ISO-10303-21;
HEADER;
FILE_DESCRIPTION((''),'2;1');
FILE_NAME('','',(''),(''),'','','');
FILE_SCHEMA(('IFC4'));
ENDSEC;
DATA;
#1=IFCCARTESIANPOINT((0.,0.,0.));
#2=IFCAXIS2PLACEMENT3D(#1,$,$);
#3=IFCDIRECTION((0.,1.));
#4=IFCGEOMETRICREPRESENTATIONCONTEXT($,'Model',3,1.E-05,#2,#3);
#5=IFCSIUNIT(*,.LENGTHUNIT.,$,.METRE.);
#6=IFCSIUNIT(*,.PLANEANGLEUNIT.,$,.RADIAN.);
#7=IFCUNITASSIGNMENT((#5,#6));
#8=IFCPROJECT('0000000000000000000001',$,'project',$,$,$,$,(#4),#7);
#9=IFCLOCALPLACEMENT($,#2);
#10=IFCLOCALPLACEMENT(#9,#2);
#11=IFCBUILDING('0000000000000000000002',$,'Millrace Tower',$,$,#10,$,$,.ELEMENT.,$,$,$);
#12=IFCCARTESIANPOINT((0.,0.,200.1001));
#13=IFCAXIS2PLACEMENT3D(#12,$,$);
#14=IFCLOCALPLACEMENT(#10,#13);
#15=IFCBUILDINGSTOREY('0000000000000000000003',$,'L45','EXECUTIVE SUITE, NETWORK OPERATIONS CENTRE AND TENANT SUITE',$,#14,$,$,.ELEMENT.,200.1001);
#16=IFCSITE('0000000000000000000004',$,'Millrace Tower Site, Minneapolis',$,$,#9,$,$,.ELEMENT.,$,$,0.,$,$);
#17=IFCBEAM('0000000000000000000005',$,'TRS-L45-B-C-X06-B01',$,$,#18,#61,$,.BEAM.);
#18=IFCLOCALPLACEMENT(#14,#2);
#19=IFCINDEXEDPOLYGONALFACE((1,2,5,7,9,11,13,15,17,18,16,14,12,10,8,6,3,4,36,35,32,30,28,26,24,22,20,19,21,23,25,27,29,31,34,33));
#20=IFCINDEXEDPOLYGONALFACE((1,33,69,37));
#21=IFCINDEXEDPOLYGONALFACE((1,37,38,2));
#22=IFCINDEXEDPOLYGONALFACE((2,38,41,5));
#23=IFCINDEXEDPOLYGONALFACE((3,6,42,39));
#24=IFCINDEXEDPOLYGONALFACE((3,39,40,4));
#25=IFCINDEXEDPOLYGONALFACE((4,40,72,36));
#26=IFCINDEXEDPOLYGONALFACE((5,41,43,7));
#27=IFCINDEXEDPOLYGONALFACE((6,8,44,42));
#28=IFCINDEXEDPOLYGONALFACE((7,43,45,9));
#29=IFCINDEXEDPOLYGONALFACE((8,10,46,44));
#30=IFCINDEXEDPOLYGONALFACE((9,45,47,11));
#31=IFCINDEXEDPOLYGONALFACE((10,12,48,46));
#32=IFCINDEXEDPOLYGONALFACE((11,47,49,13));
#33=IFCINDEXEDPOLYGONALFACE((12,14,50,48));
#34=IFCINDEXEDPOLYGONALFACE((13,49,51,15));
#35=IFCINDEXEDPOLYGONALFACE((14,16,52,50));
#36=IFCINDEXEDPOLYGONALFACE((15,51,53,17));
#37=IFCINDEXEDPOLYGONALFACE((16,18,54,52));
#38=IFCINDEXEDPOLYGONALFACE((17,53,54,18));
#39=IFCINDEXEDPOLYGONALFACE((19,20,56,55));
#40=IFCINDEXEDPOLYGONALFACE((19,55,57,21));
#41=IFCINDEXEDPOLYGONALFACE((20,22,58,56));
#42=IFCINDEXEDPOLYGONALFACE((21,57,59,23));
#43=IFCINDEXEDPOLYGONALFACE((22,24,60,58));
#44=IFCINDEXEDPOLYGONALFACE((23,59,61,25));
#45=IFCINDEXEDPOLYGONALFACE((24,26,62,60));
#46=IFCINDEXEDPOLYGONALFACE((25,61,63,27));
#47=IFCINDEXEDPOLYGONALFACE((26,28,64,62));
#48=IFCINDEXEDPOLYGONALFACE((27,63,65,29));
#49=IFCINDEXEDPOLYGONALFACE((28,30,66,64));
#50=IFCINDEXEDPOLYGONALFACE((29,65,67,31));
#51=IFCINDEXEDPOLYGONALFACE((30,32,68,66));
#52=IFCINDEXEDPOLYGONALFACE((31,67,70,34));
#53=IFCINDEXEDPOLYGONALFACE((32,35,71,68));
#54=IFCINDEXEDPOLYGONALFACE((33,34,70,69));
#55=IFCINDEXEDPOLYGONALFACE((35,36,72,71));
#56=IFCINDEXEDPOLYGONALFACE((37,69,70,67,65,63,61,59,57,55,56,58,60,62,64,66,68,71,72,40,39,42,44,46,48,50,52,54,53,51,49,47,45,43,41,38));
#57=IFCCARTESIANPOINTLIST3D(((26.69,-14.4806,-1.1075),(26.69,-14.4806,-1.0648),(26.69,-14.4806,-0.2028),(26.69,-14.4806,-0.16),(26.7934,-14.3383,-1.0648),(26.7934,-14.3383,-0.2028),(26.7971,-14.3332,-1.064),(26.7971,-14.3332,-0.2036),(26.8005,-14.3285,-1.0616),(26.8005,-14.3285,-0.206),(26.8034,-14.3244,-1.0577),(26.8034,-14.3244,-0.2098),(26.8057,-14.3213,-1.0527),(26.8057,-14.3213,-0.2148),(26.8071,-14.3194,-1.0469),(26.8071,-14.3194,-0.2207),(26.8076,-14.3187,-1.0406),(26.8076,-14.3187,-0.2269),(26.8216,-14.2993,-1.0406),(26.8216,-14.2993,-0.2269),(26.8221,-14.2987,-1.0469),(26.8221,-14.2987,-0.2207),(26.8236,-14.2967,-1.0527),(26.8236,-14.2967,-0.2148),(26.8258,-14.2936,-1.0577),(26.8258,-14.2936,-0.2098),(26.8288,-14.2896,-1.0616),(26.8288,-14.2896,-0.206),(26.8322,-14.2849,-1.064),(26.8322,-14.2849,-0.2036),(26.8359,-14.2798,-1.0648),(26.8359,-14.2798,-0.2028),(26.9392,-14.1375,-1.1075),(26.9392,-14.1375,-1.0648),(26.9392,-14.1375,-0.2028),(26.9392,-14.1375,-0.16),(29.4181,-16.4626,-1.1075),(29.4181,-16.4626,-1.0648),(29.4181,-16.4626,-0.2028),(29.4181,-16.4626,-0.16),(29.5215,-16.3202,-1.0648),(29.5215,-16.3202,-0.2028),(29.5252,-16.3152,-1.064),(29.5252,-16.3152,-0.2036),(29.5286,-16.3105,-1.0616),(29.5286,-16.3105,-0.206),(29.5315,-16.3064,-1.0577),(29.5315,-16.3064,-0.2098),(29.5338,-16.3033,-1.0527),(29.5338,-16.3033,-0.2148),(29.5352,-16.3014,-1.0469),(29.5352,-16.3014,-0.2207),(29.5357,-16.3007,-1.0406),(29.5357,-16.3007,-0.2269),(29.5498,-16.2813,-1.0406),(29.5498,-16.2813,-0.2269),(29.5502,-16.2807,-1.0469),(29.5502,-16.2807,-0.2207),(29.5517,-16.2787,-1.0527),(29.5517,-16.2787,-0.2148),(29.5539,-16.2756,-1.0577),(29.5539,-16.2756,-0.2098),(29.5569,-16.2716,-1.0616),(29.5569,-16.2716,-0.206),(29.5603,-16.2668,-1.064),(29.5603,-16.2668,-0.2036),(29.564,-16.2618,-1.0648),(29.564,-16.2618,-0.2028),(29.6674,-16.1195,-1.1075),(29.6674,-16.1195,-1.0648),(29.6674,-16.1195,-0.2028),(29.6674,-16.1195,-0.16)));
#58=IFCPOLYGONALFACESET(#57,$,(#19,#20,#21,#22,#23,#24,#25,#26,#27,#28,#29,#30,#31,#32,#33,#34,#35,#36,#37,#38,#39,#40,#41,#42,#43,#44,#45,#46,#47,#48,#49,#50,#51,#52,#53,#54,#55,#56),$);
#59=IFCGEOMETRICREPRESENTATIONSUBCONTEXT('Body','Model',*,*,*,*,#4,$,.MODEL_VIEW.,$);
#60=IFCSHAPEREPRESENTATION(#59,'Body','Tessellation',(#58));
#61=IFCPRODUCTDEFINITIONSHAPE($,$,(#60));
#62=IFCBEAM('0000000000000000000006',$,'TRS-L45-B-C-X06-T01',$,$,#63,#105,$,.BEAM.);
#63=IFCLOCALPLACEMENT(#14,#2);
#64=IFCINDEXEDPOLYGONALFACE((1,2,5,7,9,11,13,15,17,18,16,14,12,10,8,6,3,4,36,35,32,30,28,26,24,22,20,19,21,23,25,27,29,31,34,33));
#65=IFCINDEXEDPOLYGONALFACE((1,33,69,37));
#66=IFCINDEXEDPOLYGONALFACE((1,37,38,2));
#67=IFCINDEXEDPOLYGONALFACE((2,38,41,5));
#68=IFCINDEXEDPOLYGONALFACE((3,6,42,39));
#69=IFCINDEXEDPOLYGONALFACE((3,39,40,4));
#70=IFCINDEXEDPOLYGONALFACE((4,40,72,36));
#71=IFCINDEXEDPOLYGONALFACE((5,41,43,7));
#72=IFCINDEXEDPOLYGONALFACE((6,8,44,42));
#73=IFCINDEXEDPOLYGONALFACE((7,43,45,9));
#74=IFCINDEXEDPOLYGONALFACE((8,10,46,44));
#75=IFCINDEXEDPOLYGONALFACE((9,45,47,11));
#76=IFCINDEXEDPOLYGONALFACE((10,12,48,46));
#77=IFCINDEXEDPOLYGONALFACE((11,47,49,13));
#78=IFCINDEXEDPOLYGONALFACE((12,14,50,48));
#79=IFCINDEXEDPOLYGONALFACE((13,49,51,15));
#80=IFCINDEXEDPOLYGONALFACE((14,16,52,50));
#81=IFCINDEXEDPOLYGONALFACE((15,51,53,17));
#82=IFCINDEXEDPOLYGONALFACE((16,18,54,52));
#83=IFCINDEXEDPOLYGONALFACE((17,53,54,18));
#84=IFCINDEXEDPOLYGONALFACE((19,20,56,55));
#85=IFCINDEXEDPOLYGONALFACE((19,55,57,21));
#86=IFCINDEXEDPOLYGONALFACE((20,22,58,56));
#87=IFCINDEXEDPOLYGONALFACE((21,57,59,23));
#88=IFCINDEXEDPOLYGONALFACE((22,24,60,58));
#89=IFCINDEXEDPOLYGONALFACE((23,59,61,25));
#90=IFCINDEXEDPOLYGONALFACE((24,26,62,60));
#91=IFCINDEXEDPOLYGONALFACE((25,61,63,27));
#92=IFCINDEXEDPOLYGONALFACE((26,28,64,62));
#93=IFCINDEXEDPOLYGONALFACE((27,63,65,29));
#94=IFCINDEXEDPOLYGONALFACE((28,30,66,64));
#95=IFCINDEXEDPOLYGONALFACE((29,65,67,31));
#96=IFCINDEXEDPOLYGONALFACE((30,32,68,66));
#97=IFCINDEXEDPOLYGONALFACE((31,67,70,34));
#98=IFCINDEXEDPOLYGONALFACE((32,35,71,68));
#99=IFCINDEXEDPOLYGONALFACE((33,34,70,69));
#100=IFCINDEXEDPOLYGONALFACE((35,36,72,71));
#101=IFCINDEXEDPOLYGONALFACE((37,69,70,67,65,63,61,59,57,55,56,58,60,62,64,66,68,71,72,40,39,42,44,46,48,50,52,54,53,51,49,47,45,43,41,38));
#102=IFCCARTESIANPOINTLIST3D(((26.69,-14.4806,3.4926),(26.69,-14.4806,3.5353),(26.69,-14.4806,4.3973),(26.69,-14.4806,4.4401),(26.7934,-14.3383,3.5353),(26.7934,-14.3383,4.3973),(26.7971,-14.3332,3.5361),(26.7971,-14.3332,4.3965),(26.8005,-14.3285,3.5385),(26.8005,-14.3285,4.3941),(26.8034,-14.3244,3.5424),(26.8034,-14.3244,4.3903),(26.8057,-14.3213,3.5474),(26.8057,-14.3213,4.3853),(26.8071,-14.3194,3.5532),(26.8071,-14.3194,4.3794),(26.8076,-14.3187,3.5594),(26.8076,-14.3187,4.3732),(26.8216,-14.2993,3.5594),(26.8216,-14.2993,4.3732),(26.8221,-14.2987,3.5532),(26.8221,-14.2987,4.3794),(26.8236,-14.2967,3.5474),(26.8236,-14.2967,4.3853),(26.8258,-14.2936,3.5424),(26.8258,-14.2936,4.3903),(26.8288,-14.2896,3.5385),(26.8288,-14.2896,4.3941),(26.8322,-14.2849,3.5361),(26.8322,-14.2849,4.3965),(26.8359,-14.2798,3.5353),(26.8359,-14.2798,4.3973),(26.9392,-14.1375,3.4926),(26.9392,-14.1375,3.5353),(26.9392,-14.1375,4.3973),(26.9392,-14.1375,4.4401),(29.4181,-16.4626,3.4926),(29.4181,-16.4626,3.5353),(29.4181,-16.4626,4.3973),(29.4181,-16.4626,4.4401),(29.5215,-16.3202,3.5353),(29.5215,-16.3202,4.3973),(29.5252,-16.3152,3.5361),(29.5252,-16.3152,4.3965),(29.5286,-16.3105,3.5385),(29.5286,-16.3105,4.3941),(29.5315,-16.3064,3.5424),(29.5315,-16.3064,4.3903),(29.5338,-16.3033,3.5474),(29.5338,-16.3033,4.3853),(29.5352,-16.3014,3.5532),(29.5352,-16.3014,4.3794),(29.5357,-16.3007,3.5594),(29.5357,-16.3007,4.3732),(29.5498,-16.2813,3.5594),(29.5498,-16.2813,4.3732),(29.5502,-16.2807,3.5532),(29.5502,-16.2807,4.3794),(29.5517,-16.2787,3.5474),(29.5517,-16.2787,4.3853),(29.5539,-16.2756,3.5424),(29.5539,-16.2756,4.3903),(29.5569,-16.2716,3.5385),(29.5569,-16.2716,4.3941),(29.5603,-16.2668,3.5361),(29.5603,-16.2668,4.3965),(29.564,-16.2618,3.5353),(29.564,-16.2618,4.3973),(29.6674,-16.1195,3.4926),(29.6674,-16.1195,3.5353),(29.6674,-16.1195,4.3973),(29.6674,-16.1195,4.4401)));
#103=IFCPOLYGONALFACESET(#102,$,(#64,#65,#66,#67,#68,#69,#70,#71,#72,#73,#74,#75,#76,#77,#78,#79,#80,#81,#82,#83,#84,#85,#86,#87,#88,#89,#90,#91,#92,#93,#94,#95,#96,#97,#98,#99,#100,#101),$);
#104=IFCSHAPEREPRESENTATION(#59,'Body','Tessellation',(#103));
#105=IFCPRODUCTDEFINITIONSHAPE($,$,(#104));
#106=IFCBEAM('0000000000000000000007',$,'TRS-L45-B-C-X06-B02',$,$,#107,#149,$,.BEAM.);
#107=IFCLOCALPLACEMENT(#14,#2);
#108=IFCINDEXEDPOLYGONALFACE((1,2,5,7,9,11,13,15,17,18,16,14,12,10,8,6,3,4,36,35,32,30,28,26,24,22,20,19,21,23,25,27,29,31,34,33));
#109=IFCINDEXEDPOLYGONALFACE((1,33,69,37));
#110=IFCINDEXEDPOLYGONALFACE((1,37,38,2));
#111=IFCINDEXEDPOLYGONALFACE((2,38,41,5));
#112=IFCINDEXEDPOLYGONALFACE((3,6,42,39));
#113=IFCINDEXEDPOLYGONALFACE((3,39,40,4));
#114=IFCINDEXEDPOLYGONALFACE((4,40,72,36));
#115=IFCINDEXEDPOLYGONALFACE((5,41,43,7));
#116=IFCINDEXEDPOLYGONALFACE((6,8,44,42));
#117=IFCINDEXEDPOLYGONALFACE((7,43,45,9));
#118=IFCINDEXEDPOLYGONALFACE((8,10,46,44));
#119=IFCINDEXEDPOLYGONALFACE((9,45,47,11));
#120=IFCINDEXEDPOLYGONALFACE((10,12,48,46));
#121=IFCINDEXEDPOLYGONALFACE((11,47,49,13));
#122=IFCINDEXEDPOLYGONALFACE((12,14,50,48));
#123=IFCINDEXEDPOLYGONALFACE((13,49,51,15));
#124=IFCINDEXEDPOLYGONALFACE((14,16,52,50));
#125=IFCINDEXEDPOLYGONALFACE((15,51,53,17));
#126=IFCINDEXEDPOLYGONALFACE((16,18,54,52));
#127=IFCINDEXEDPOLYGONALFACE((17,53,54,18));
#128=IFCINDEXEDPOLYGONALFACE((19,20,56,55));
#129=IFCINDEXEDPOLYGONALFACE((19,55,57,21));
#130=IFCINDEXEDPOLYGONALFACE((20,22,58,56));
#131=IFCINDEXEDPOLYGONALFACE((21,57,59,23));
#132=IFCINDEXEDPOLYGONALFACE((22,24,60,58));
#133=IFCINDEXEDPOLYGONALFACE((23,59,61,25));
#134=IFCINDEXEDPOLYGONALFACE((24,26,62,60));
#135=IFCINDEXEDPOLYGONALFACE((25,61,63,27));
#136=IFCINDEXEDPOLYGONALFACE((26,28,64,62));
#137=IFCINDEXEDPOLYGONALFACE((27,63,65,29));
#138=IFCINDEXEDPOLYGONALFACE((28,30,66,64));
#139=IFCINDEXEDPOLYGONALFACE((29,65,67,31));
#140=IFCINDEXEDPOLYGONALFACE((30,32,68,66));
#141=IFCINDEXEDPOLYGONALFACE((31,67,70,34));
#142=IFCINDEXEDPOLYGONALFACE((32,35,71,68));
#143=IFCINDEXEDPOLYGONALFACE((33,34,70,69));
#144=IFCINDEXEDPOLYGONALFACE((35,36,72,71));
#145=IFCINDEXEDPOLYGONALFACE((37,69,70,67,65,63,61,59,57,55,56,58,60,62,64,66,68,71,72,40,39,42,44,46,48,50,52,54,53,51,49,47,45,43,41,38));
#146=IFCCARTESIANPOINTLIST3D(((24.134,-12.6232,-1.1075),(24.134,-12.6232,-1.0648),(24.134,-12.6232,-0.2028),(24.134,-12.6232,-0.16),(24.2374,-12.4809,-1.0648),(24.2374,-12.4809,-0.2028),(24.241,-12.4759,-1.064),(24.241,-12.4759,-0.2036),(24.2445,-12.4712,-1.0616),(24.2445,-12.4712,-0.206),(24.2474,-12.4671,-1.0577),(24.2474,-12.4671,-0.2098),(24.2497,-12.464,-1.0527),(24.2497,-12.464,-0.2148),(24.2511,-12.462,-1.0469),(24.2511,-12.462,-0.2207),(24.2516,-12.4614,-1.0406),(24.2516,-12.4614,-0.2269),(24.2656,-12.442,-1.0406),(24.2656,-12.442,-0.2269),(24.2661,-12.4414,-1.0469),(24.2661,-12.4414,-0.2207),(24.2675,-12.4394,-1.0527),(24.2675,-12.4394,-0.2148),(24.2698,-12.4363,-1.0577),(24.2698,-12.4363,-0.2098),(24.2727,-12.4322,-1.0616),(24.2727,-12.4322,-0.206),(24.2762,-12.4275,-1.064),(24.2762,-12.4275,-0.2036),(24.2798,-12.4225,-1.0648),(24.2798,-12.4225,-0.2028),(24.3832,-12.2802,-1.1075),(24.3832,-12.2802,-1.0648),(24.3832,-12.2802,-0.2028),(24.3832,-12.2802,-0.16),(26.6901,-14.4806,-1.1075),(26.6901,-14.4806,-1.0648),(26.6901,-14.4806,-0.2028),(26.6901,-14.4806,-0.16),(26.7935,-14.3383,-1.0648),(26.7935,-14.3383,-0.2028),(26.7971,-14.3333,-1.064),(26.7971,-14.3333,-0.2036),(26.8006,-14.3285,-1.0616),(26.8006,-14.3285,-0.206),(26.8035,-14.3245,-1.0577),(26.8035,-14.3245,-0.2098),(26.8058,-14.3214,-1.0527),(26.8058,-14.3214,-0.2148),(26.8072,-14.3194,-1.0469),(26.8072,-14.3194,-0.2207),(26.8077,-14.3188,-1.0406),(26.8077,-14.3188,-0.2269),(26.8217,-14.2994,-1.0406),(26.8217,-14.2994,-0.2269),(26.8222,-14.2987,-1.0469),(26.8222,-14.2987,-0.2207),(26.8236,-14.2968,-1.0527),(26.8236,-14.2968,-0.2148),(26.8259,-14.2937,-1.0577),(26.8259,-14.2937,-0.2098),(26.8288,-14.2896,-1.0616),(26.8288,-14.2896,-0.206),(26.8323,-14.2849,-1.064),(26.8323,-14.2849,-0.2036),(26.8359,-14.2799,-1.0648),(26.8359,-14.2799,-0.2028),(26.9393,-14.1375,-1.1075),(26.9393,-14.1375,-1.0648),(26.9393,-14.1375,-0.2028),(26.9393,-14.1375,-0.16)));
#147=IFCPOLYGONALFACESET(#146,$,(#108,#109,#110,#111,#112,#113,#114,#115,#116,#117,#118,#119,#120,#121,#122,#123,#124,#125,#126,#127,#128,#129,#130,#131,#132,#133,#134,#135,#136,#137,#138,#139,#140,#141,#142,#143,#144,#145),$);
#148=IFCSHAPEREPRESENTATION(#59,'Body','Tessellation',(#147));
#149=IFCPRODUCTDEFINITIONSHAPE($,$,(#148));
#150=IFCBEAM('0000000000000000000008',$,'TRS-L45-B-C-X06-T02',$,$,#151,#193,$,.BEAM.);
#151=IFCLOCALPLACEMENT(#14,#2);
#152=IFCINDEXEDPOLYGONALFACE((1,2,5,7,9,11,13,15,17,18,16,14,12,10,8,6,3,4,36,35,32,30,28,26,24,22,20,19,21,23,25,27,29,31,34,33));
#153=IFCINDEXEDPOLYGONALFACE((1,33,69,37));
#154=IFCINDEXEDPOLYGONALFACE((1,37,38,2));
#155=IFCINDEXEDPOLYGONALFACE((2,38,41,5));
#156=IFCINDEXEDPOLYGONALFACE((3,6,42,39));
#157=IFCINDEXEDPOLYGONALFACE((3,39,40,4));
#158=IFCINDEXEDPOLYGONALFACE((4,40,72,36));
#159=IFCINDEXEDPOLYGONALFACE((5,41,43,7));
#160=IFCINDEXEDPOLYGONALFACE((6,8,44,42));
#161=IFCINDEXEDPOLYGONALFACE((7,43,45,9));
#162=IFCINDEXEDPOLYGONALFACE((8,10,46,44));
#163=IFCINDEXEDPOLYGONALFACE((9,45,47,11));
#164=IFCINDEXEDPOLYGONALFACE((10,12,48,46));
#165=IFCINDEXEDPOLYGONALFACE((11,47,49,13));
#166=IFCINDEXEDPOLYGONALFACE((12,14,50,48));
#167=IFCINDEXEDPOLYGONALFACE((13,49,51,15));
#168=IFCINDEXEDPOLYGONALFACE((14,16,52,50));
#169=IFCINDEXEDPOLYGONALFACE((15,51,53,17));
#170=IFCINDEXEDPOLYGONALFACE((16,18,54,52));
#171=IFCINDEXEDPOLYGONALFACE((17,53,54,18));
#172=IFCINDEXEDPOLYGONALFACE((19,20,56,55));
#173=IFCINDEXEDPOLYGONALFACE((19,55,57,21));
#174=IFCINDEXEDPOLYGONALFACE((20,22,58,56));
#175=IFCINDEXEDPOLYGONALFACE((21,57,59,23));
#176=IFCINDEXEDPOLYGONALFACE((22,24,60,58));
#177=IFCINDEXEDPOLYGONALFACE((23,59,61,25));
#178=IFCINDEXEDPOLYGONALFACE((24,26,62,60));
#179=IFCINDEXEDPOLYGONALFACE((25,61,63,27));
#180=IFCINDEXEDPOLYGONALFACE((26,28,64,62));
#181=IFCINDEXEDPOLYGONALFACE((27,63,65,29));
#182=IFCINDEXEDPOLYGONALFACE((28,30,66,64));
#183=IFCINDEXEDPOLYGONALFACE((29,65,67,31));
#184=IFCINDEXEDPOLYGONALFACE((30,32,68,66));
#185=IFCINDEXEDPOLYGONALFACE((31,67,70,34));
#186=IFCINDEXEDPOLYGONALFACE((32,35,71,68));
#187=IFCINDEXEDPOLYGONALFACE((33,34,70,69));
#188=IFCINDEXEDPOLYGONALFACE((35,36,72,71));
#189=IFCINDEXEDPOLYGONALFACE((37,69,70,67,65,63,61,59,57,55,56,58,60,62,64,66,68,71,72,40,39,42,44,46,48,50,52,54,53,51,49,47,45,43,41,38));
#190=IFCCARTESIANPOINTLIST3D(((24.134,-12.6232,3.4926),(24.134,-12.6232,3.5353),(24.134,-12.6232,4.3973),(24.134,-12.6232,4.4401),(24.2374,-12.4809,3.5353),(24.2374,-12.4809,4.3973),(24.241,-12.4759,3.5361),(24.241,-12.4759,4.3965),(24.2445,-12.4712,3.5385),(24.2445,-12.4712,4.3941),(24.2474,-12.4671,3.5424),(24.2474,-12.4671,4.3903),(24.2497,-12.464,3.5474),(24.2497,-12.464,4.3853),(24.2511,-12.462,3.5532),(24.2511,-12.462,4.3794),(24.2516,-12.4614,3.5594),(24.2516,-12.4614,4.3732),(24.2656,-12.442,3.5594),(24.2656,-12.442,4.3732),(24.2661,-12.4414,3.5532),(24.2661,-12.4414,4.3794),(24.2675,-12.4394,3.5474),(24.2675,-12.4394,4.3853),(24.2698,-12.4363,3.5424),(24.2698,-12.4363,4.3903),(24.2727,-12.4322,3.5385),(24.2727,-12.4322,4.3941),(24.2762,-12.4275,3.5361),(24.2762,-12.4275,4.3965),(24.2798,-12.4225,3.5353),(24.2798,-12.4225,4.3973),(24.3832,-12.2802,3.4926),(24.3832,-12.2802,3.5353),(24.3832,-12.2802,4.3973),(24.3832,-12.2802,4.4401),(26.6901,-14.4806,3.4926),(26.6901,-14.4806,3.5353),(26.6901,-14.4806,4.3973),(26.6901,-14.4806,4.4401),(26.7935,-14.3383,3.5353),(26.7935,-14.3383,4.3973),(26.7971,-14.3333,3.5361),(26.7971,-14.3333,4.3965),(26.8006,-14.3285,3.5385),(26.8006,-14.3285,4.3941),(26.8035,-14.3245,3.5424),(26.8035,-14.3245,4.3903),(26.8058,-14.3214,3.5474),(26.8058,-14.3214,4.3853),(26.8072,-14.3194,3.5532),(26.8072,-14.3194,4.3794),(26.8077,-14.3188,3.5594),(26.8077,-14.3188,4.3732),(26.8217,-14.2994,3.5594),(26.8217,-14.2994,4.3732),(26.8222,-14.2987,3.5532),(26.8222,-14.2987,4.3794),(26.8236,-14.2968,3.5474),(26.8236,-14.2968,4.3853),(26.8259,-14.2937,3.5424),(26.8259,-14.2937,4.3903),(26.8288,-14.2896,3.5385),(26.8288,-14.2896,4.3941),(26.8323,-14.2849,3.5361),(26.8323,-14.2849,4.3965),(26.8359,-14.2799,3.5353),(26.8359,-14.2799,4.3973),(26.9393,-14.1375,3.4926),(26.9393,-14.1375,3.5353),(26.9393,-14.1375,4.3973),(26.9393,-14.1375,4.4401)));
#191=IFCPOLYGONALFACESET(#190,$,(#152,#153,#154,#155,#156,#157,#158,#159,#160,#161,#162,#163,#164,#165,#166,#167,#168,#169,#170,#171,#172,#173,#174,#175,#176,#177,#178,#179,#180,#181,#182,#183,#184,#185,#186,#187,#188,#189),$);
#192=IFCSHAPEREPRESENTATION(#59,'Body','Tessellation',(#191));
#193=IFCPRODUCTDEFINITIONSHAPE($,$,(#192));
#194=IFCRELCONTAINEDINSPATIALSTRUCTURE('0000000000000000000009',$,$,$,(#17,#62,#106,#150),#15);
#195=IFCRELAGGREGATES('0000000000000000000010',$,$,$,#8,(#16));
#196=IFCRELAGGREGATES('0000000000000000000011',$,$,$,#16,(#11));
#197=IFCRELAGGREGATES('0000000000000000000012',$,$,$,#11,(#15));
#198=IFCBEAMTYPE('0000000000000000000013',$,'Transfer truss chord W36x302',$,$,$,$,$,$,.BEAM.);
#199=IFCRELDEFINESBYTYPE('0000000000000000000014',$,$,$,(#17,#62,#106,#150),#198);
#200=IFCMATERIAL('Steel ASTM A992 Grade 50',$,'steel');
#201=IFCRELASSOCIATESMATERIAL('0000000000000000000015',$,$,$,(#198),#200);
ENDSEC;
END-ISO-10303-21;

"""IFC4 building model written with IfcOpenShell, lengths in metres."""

from ifc_helpers import new_model, si_unit, direction, frame, origin, origin_2d, place, context, subcontext, project, spatial, i_section, extrude, material, material_profile, profile_set, type_object, element, save


model = new_model("IFC4")

# Units and contexts
model_context = context("Model", 3, precision=1e-05, world=origin(), true_north=direction((0.0, 1.0)))
body_context = subcontext(model_context, "Body", "Model", "MODEL_VIEW")
ifc_project = project(units=[si_unit("LENGTHUNIT", "METRE"), si_unit("PLANEANGLEUNIT", "RADIAN")], contexts=[model_context])

# Site, building, storey
site_placement = place(None, origin())
site = spatial("IfcSite", under=ifc_project, at=site_placement, Name="Millrace Tower Site, Minneapolis", CompositionType="ELEMENT", RefElevation=0.0)
building_placement = place(site_placement, origin())
building = spatial("IfcBuilding", under=site, at=building_placement, Name="Millrace Tower", CompositionType="ELEMENT")
storey_placement = place(building_placement, frame((0.0, 0.0, 200.1001)))
storey = spatial("IfcBuildingStorey", under=building, at=storey_placement, Name="L45", Description="EXECUTIVE SUITE, NETWORK OPERATIONS CENTRE AND TENANT SUITE", CompositionType="ELEMENT", Elevation=200.1001)

# Beams
ifc_material_1 = material(Name="Steel ASTM A992 Grade 50", Category="steel")
ifc_material_profile_1 = material_profile(ifc_material_1, i_section(OverallWidth=0.4241, OverallDepth=0.9475, WebThickness=0.0239, FlangeThickness=0.0427, FilletRadius=0.0242, at=origin_2d()))
ifc_profile_set_1 = profile_set([ifc_material_profile_1], Name="Steel ASTM A992 Grade 50")
beam_type = type_object("IfcBeamType", Name="Transfer truss chord W36x302", PredefinedType="BEAM", material=ifc_profile_set_1)
for number, where, z_axis, x_axis, name in (
    (1, (29.5427, -16.291, -0.6338), (-0.80903, 0.587767, 0.0), (-0.587767, -0.80903, 0.0), "TRS-L45-B-C-X06-B01"),
    (2, (29.5427, -16.291, 3.9663), (-0.80903, 0.587767, 0.0), (-0.587767, -0.80903, 0.0), "TRS-L45-B-C-X06-T01"),
):
    element("IfcBeam", number, at=place(storey_placement, frame(where, z_axis=z_axis, x_axis=x_axis)), inside=storey, type_object=beam_type, Name=name, PredefinedType="BEAM", context=body_context, shape_type="SweptSolid", body=[
        extrude(i_section(OverallWidth=0.4241, OverallDepth=0.9475, WebThickness=0.0239, FlangeThickness=0.0427, FilletRadius=0.0242, at=origin_2d()), origin(), (0.0, 0.0, 1.0), 3.3721),
    ])
for number, where, z_axis, x_axis, name in (
    (3, (26.8147, -14.3091, -0.6338), (-0.808977, 0.587841, 0.0), (-0.587841, -0.808977, 0.0), "TRS-L45-B-C-X06-B02"),
    (4, (26.8147, -14.3091, 3.9663), (-0.808977, 0.587841, 0.0), (-0.587841, -0.808977, 0.0), "TRS-L45-B-C-X06-T02"),
):
    element("IfcBeam", number, at=place(storey_placement, frame(where, z_axis=z_axis, x_axis=x_axis)), inside=storey, type_object=beam_type, Name=name, PredefinedType="BEAM", context=body_context, shape_type="SweptSolid", body=[
        extrude(i_section(OverallWidth=0.4241, OverallDepth=0.9475, WebThickness=0.0239, FlangeThickness=0.0427, FilletRadius=0.0242, at=origin_2d()), origin(), (0.0, 0.0, 1.0), 3.1597),
    ])

save(model, "model.ifc")
